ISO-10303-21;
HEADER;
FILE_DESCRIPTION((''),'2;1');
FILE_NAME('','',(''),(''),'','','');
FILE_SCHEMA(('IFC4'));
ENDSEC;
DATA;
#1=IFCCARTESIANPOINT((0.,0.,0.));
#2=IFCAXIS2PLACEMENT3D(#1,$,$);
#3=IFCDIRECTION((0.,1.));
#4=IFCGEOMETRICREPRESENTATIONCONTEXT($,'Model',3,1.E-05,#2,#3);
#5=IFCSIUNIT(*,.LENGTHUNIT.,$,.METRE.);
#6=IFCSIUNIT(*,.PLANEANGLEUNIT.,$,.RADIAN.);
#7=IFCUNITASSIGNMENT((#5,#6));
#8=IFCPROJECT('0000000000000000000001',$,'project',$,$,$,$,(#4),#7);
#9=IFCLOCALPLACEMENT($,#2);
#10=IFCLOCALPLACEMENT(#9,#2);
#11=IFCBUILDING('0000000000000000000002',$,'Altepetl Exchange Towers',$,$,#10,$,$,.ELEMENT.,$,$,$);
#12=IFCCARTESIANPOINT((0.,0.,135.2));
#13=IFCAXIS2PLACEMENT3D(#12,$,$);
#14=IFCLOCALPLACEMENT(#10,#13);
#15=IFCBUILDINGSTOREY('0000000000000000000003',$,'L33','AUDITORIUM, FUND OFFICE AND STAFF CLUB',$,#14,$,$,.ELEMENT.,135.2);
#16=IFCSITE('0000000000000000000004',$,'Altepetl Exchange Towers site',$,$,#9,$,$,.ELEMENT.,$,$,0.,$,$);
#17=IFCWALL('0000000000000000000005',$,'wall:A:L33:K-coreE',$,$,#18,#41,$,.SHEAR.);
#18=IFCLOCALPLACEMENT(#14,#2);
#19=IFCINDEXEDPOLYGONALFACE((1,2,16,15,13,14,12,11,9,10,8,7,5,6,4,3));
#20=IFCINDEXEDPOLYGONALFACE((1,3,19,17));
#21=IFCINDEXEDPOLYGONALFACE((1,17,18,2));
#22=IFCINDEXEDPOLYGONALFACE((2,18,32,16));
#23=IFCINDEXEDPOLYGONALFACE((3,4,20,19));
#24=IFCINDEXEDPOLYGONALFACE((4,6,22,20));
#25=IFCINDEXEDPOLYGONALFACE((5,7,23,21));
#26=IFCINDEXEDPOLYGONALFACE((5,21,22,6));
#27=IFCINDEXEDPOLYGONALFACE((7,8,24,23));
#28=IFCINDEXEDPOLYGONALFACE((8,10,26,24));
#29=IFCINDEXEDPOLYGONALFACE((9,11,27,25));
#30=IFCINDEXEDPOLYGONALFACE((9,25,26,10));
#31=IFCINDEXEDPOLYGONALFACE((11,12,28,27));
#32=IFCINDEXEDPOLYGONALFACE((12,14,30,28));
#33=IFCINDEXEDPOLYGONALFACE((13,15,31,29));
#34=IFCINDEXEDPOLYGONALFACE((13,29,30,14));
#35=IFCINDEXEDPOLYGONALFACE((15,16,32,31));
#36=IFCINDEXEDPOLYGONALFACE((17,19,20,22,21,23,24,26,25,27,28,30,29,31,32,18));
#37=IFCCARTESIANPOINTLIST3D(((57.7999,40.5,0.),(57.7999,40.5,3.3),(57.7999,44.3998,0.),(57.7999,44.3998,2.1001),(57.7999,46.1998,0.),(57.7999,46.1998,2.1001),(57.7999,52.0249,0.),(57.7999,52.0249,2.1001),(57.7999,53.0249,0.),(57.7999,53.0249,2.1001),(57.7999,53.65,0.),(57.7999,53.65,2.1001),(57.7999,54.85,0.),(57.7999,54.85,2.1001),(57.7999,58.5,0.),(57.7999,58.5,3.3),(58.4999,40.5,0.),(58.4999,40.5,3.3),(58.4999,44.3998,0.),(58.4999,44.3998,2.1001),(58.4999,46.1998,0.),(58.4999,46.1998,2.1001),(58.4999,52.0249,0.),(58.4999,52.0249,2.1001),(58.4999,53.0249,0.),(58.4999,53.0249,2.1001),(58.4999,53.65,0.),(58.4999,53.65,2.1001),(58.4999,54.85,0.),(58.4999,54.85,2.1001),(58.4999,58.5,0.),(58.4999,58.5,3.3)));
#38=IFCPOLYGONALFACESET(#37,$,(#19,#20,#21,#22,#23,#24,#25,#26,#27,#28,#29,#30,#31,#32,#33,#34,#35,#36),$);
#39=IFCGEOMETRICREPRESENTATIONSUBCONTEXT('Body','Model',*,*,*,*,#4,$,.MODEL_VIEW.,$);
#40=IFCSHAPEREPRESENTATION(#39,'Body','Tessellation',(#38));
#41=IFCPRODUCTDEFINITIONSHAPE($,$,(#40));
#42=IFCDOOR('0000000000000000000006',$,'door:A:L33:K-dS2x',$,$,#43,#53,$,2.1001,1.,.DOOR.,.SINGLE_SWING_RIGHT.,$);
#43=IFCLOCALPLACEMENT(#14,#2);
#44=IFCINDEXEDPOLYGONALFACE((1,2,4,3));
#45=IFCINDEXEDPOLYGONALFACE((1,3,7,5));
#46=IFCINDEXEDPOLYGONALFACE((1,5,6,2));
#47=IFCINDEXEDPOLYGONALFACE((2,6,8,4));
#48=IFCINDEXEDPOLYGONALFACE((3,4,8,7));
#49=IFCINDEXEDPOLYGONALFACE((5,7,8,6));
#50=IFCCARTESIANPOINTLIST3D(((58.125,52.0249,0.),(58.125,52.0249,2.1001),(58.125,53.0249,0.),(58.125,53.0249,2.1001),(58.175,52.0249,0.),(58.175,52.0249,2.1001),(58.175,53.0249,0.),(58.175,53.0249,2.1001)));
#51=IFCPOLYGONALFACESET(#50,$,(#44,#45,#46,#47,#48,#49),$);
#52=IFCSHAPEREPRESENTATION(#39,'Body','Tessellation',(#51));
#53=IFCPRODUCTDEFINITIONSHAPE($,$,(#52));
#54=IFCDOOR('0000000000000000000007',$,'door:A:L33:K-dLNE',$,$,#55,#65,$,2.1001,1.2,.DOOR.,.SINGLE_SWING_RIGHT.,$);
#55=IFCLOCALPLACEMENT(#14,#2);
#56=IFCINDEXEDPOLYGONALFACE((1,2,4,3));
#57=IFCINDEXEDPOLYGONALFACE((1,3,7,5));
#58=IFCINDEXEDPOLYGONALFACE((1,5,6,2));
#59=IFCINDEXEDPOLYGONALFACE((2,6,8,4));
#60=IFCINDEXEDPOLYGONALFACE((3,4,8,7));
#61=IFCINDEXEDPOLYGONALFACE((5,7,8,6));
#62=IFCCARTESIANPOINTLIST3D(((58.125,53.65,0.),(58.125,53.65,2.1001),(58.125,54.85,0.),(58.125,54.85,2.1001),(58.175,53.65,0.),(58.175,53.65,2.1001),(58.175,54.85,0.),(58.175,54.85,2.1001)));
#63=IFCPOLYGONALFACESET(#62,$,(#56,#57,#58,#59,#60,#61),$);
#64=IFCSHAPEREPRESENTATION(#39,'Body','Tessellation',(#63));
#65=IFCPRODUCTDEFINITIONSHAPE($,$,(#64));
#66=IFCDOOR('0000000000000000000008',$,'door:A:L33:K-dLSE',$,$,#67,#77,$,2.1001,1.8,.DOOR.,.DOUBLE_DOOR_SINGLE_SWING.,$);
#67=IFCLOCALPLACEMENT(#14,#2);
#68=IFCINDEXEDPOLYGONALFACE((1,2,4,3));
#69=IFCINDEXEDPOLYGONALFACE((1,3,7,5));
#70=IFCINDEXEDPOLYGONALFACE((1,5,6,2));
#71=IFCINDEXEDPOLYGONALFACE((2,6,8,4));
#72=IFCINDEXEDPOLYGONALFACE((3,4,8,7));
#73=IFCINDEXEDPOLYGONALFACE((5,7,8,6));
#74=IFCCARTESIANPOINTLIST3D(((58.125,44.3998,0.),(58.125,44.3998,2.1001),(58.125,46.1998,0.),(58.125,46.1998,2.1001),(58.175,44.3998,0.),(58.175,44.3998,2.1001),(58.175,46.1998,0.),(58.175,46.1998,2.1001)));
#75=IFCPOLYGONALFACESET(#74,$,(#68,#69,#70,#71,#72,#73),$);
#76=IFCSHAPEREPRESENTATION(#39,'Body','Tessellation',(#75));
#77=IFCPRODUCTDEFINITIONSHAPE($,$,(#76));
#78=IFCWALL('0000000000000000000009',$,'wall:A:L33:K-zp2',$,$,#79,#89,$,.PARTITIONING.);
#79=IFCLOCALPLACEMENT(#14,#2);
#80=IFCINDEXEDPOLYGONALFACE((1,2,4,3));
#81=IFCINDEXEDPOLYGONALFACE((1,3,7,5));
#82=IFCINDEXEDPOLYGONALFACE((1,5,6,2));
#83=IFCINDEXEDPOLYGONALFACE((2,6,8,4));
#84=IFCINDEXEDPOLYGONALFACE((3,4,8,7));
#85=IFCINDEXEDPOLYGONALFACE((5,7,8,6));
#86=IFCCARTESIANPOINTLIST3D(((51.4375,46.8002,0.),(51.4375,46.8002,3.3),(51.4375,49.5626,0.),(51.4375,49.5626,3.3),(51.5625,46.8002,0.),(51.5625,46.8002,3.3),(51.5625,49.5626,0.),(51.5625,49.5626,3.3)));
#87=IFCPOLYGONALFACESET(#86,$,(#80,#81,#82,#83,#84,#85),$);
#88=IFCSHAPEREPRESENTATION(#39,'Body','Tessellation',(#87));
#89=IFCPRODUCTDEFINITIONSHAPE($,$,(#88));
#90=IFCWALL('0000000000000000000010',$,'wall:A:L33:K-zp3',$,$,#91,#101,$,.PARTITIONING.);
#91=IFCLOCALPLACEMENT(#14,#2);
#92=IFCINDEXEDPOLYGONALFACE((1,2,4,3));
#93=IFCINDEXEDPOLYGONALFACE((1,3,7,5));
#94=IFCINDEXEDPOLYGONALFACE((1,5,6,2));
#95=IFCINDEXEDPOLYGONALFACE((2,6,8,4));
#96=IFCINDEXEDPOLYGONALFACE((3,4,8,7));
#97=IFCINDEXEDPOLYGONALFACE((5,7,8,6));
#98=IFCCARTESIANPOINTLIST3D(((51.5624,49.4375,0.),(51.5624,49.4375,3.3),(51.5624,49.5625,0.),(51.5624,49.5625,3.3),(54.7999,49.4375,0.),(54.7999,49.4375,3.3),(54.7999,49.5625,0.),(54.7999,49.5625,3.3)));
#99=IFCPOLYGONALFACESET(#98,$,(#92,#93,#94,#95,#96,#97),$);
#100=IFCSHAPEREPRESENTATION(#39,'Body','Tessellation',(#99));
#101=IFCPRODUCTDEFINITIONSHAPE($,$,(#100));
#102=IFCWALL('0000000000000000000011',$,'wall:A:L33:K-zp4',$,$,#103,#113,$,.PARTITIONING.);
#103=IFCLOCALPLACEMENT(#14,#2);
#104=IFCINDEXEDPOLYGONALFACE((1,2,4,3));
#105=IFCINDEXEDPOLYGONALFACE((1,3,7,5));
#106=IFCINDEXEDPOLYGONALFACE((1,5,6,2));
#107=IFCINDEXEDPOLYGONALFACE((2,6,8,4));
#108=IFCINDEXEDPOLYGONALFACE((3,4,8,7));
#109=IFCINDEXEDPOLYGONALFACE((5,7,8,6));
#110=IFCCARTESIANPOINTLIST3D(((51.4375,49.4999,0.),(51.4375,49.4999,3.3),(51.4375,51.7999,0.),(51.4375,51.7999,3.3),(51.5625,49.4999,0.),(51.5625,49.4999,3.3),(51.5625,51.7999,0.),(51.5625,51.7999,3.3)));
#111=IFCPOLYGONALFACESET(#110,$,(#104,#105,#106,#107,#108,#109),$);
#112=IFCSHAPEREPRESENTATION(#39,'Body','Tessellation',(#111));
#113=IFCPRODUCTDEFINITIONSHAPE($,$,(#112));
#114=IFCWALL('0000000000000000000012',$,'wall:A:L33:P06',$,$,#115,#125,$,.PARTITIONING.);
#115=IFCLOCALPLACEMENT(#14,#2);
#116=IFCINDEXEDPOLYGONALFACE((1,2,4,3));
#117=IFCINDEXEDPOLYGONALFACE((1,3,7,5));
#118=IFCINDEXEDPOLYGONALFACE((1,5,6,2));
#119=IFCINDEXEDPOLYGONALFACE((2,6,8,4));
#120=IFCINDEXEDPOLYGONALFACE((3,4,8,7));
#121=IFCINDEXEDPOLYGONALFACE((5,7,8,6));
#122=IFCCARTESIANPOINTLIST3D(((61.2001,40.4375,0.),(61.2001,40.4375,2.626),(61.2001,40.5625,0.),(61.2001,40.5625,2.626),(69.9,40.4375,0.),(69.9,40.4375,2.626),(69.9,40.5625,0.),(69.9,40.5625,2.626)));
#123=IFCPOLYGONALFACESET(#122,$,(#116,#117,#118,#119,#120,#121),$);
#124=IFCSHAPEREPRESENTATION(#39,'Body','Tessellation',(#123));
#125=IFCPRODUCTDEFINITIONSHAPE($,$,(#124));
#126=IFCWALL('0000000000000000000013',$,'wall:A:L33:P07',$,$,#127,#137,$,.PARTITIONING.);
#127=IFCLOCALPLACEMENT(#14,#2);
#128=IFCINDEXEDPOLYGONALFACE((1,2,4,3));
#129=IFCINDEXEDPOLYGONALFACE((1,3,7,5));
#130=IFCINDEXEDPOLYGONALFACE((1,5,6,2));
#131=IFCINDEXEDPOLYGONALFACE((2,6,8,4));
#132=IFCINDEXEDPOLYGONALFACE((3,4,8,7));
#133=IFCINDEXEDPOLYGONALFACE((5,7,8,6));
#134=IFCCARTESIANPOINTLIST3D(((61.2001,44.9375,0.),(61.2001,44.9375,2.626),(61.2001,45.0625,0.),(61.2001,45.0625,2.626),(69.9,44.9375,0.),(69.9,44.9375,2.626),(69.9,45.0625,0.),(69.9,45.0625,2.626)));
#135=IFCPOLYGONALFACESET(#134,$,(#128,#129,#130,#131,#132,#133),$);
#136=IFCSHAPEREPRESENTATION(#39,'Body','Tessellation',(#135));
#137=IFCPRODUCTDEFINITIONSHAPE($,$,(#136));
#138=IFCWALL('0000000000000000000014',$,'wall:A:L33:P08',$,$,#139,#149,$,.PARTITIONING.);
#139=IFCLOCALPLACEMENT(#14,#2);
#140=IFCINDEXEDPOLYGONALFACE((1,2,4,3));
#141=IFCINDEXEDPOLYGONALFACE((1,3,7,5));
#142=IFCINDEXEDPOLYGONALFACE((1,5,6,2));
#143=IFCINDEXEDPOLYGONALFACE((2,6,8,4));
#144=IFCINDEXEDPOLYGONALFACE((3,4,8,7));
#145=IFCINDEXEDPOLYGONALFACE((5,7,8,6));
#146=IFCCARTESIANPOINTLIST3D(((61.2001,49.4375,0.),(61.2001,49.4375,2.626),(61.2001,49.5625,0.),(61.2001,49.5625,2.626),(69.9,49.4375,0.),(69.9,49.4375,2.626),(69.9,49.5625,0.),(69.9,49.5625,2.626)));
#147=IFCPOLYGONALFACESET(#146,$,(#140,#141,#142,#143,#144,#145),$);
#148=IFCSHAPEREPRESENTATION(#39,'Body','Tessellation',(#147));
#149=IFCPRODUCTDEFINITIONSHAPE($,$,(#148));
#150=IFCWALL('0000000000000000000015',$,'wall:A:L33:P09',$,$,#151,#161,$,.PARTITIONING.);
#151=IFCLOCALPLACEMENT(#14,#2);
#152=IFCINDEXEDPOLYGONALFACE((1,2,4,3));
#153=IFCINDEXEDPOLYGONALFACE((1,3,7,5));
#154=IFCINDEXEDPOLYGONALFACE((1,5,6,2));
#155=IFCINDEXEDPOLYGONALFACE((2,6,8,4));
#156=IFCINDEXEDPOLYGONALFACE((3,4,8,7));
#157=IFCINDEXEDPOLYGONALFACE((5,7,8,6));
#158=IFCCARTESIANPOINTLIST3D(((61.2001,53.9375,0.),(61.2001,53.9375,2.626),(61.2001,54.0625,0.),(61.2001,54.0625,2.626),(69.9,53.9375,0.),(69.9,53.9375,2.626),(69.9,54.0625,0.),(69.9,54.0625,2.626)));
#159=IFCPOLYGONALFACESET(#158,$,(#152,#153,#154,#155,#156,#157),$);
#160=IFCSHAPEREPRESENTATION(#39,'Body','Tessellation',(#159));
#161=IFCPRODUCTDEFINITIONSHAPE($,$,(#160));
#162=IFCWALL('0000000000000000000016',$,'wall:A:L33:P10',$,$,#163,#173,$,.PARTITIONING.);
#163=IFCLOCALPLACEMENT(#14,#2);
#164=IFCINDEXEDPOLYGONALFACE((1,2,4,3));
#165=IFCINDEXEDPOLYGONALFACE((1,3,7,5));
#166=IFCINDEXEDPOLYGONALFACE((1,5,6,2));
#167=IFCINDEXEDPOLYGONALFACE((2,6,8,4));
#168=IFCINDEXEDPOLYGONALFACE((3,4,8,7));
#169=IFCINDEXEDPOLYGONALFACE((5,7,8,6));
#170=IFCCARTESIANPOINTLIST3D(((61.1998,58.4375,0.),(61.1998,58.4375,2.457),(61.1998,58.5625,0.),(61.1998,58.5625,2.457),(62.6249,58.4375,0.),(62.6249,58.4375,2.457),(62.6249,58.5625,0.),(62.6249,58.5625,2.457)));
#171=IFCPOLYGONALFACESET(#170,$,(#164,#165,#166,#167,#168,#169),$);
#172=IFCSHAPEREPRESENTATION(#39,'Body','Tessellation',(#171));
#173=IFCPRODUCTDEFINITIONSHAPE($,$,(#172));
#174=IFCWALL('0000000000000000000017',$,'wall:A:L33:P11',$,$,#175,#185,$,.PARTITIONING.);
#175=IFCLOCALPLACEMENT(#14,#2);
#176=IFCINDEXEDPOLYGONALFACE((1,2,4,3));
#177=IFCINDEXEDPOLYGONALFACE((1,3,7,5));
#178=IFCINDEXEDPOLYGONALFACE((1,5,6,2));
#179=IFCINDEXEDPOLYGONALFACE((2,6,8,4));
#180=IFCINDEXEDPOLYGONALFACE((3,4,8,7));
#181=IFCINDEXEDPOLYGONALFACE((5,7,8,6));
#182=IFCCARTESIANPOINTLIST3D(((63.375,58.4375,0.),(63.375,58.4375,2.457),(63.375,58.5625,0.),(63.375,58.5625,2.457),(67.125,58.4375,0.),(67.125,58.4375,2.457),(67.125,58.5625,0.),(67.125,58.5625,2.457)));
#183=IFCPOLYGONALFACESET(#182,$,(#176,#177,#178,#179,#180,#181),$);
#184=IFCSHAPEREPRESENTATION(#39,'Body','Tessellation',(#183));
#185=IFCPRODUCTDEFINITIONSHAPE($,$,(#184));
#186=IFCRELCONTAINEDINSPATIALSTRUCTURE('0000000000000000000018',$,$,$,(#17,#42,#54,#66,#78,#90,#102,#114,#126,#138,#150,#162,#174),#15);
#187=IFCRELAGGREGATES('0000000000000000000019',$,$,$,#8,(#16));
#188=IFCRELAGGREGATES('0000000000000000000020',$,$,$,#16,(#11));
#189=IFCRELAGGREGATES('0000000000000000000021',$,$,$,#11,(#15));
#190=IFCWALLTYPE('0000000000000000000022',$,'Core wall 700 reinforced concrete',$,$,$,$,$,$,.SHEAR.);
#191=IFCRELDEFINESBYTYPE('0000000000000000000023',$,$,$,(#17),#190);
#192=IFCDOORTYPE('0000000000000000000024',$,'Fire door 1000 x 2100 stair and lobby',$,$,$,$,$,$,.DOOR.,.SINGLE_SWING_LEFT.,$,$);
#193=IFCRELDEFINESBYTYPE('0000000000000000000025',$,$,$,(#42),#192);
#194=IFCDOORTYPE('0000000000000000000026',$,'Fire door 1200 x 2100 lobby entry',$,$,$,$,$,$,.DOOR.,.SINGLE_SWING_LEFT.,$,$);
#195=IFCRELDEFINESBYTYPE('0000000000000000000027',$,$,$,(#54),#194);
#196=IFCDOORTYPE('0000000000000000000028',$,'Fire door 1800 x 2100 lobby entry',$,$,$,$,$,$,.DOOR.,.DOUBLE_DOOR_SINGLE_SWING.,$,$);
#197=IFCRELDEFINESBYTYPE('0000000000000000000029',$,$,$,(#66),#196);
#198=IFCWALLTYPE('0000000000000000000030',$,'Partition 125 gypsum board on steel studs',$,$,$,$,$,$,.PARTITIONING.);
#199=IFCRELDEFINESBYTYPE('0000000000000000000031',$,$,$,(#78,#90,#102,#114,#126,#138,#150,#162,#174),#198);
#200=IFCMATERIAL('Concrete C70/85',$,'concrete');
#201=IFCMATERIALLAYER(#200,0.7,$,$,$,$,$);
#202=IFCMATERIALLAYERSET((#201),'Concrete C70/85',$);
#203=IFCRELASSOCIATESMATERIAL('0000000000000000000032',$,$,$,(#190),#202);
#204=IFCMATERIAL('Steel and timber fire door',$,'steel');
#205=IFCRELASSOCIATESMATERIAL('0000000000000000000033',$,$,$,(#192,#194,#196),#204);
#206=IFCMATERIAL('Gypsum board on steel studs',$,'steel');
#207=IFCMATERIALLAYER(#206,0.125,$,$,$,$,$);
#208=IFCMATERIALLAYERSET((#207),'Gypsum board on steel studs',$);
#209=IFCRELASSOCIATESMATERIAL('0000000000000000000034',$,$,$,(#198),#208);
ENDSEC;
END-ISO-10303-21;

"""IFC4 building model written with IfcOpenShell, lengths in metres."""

from ifc_helpers import new_model, si_unit, direction, frame, frame_2d, origin, place, context, subcontext, project, spatial, rectangle, extrude, material, layer, layer_set, type_object, element, fill, save


model = new_model("IFC4")

# Units and contexts
model_context = context("Model", 3, precision=1e-05, world=origin(), true_north=direction((0.0, 1.0)))
body_context = subcontext(model_context, "Body", "Model", "MODEL_VIEW")
ifc_project = project(units=[si_unit("LENGTHUNIT", "METRE"), si_unit("PLANEANGLEUNIT", "RADIAN")], contexts=[model_context])

# Site, building, storey
site_placement = place(None, origin())
site = spatial("IfcSite", under=ifc_project, at=site_placement, Name="Altepetl Exchange Towers site", CompositionType="ELEMENT", RefElevation=0.0)
building_placement = place(site_placement, origin())
building = spatial("IfcBuilding", under=site, at=building_placement, Name="Altepetl Exchange Towers", CompositionType="ELEMENT")
storey_placement = place(building_placement, frame((0.0, 0.0, 135.2)))
storey = spatial("IfcBuildingStorey", under=building, at=storey_placement, Name="L33", Description="AUDITORIUM, FUND OFFICE AND STAFF CLUB", CompositionType="ELEMENT", Elevation=135.2)

# Shared definitions
ifc_material_1 = material(Name="Concrete C70/85", Category="concrete")

# Wall, openings, doors
ifc_layer_1 = layer(ifc_material_1, 0.7)
ifc_layer_set_1 = layer_set([ifc_layer_1], Name="Concrete C70/85")
wall_type_1 = type_object("IfcWallType", Name="Core wall 700 reinforced concrete", PredefinedType="SHEAR", material=ifc_layer_set_1)
wall_1_placement = place(storey_placement, frame((58.1499, 40.5, 0.0), z_axis=(0.0, 0.0, 1.0), x_axis=(0.0, 1.0, 0.0)))
wall_1 = element("IfcWall", 1, at=wall_1_placement, inside=storey, type_object=wall_type_1, Name="wall:A:L33:K-coreE", PredefinedType="SHEAR", context=body_context, shape_type="SweptSolid", body=[
    extrude(rectangle(XDim=18.0, YDim=0.7, at=frame_2d((9.0, 0.0))), origin(), (0.0, 0.0, 1.0), 3.3),
])
opening_1_placement = place(wall_1_placement, frame((13.1499, 0.0, 0.0)))
opening_1 = element("IfcOpeningElement", 2, at=opening_1_placement, cuts=wall_1, PredefinedType="OPENING", context=body_context, shape_type="SweptSolid", body=[
    extrude(rectangle(XDim=1.2, YDim=2.1001, at=frame_2d((0.6001, 1.05))), frame((0.0, 0.3599, 0.0), z_axis=(0.0, -1.0, 0.0), x_axis=(1.0, 0.0, 0.0)), (0.0, 0.0, 1.0), 0.72),
])
opening_2_placement = place(wall_1_placement, frame((3.8999, 0.0, 0.0)))
opening_2 = element("IfcOpeningElement", 3, at=opening_2_placement, cuts=wall_1, PredefinedType="OPENING", context=body_context, shape_type="SweptSolid", body=[
    extrude(rectangle(XDim=1.8, YDim=2.1001, at=frame_2d((0.8999, 1.05))), frame((0.0, 0.3599, 0.0), z_axis=(0.0, -1.0, 0.0), x_axis=(1.0, 0.0, 0.0)), (0.0, 0.0, 1.0), 0.72),
])
opening_3_placement = place(wall_1_placement, frame((11.5249, 0.0, 0.0)))
opening_3 = element("IfcOpeningElement", 4, at=opening_3_placement, cuts=wall_1, PredefinedType="OPENING", context=body_context, shape_type="SweptSolid", body=[
    extrude(rectangle(XDim=1.0, YDim=2.1001, at=frame_2d((0.5, 1.05))), frame((0.0, 0.3599, 0.0), z_axis=(0.0, -1.0, 0.0), x_axis=(1.0, 0.0, 0.0)), (0.0, 0.0, 1.0), 0.72),
])
ifc_material_2 = material(Name="Steel and timber fire door", Category="steel")
door_type_1 = type_object("IfcDoorType", Name="Fire door 1000 x 2100 stair and lobby", OperationType="SINGLE_SWING_LEFT", PredefinedType="DOOR", material=ifc_material_2)
door_1_placement = place(opening_3_placement, origin())
door_1 = element("IfcDoor", 5, at=door_1_placement, inside=storey, type_object=door_type_1, Name="door:A:L33:K-dS2x", OperationType="SINGLE_SWING_RIGHT", OverallHeight=2.1001, OverallWidth=1.0, PredefinedType="DOOR", context=body_context, shape_type="SweptSolid", body=[
    extrude(rectangle(XDim=1.0, YDim=2.1001, at=frame_2d((0.5, 1.05))), frame((0.0, 0.0249, 0.0), z_axis=(0.0, -1.0, 0.0), x_axis=(1.0, 0.0, 0.0)), (0.0, 0.0, 1.0), 0.05),
])
fill(opening_3, door_1)
door_type_2 = type_object("IfcDoorType", Name="Fire door 1200 x 2100 lobby entry", OperationType="SINGLE_SWING_LEFT", PredefinedType="DOOR", material=ifc_material_2)
door_2_placement = place(opening_1_placement, origin())
door_2 = element("IfcDoor", 6, at=door_2_placement, inside=storey, type_object=door_type_2, Name="door:A:L33:K-dLNE", OperationType="SINGLE_SWING_RIGHT", OverallHeight=2.1001, OverallWidth=1.2, PredefinedType="DOOR", context=body_context, shape_type="SweptSolid", body=[
    extrude(rectangle(XDim=1.2, YDim=2.1001, at=frame_2d((0.6001, 1.05))), frame((0.0, 0.0249, 0.0), z_axis=(0.0, -1.0, 0.0), x_axis=(1.0, 0.0, 0.0)), (0.0, 0.0, 1.0), 0.05),
])
fill(opening_1, door_2)
door_type_3 = type_object("IfcDoorType", Name="Fire door 1800 x 2100 lobby entry", OperationType="DOUBLE_DOOR_SINGLE_SWING", PredefinedType="DOOR", material=ifc_material_2)
door_3_placement = place(opening_2_placement, origin())
door_3 = element("IfcDoor", 7, at=door_3_placement, inside=storey, type_object=door_type_3, Name="door:A:L33:K-dLSE", OperationType="DOUBLE_DOOR_SINGLE_SWING", OverallHeight=2.1001, OverallWidth=1.8, PredefinedType="DOOR", context=body_context, shape_type="SweptSolid", body=[
    extrude(rectangle(XDim=1.8, YDim=2.1001, at=frame_2d((0.8999, 1.05))), frame((0.0, 0.0249, 0.0), z_axis=(0.0, -1.0, 0.0), x_axis=(1.0, 0.0, 0.0)), (0.0, 0.0, 1.0), 0.05),
])
fill(opening_2, door_3)

# Walls
ifc_material_3 = material(Name="Gypsum board on steel studs", Category="steel")
ifc_layer_2 = layer(ifc_material_3, 0.125)
ifc_layer_set_2 = layer_set([ifc_layer_2], Name="Gypsum board on steel studs")
wall_type_2 = type_object("IfcWallType", Name="Partition 125 gypsum board on steel studs", PredefinedType="PARTITIONING", material=ifc_layer_set_2)
wall_2_placement = place(storey_placement, frame((51.5, 46.8, 0.0), z_axis=(0.0, 0.0, 1.0), x_axis=(0.0, 1.0, 0.0)))
element("IfcWall", 8, at=wall_2_placement, inside=storey, type_object=wall_type_2, Name="wall:A:L33:K-zp2", PredefinedType="PARTITIONING", context=body_context, shape_type="SweptSolid", body=[
    extrude(rectangle(XDim=2.7625, YDim=0.125, at=frame_2d((1.3813, 0.0))), origin(), (0.0, 0.0, 1.0), 3.3),
])
wall_3_placement = place(storey_placement, frame((51.5625, 49.5, 0.0)))
element("IfcWall", 9, at=wall_3_placement, inside=storey, type_object=wall_type_2, Name="wall:A:L33:K-zp3", PredefinedType="PARTITIONING", context=body_context, shape_type="SweptSolid", body=[
    extrude(rectangle(XDim=3.2375, YDim=0.125, at=frame_2d((1.6187, 0.0))), origin(), (0.0, 0.0, 1.0), 3.3),
])
wall_4_placement = place(storey_placement, frame((51.5, 49.5, 0.0), z_axis=(0.0, 0.0, 1.0), x_axis=(0.0, 1.0, 0.0)))
element("IfcWall", 10, at=wall_4_placement, inside=storey, type_object=wall_type_2, Name="wall:A:L33:K-zp4", PredefinedType="PARTITIONING", context=body_context, shape_type="SweptSolid", body=[
    extrude(rectangle(XDim=2.3, YDim=0.125, at=frame_2d((1.1499, 0.0))), origin(), (0.0, 0.0, 1.0), 3.3),
])
for number, where, name in (
    (11, (61.2, 40.5, 0.0), "wall:A:L33:P06"),
    (12, (61.2, 45.0, 0.0), "wall:A:L33:P07"),
    (13, (61.2, 49.5, 0.0), "wall:A:L33:P08"),
    (14, (61.2, 54.0, 0.0), "wall:A:L33:P09"),
):
    element("IfcWall", number, at=place(storey_placement, frame(where)), inside=storey, type_object=wall_type_2, Name=name, PredefinedType="PARTITIONING", context=body_context, shape_type="SweptSolid", body=[
        extrude(rectangle(XDim=8.7, YDim=0.125, at=frame_2d((4.3501, 0.0))), origin(), (0.0, 0.0, 1.0), 2.626),
    ])
wall_5_placement = place(storey_placement, frame((61.2, 58.5, 0.0)))
element("IfcWall", 15, at=wall_5_placement, inside=storey, type_object=wall_type_2, Name="wall:A:L33:P10", PredefinedType="PARTITIONING", context=body_context, shape_type="SweptSolid", body=[
    extrude(rectangle(XDim=1.425, YDim=0.125, at=frame_2d((0.7124, 0.0))), origin(), (0.0, 0.0, 1.0), 2.457),
])
wall_6_placement = place(storey_placement, frame((63.375, 58.5, 0.0)))
element("IfcWall", 16, at=wall_6_placement, inside=storey, type_object=wall_type_2, Name="wall:A:L33:P11", PredefinedType="PARTITIONING", context=body_context, shape_type="SweptSolid", body=[
    extrude(rectangle(XDim=3.75, YDim=0.125, at=frame_2d((1.875, 0.0))), origin(), (0.0, 0.0, 1.0), 2.457),
])

save(model, "model.ifc")
